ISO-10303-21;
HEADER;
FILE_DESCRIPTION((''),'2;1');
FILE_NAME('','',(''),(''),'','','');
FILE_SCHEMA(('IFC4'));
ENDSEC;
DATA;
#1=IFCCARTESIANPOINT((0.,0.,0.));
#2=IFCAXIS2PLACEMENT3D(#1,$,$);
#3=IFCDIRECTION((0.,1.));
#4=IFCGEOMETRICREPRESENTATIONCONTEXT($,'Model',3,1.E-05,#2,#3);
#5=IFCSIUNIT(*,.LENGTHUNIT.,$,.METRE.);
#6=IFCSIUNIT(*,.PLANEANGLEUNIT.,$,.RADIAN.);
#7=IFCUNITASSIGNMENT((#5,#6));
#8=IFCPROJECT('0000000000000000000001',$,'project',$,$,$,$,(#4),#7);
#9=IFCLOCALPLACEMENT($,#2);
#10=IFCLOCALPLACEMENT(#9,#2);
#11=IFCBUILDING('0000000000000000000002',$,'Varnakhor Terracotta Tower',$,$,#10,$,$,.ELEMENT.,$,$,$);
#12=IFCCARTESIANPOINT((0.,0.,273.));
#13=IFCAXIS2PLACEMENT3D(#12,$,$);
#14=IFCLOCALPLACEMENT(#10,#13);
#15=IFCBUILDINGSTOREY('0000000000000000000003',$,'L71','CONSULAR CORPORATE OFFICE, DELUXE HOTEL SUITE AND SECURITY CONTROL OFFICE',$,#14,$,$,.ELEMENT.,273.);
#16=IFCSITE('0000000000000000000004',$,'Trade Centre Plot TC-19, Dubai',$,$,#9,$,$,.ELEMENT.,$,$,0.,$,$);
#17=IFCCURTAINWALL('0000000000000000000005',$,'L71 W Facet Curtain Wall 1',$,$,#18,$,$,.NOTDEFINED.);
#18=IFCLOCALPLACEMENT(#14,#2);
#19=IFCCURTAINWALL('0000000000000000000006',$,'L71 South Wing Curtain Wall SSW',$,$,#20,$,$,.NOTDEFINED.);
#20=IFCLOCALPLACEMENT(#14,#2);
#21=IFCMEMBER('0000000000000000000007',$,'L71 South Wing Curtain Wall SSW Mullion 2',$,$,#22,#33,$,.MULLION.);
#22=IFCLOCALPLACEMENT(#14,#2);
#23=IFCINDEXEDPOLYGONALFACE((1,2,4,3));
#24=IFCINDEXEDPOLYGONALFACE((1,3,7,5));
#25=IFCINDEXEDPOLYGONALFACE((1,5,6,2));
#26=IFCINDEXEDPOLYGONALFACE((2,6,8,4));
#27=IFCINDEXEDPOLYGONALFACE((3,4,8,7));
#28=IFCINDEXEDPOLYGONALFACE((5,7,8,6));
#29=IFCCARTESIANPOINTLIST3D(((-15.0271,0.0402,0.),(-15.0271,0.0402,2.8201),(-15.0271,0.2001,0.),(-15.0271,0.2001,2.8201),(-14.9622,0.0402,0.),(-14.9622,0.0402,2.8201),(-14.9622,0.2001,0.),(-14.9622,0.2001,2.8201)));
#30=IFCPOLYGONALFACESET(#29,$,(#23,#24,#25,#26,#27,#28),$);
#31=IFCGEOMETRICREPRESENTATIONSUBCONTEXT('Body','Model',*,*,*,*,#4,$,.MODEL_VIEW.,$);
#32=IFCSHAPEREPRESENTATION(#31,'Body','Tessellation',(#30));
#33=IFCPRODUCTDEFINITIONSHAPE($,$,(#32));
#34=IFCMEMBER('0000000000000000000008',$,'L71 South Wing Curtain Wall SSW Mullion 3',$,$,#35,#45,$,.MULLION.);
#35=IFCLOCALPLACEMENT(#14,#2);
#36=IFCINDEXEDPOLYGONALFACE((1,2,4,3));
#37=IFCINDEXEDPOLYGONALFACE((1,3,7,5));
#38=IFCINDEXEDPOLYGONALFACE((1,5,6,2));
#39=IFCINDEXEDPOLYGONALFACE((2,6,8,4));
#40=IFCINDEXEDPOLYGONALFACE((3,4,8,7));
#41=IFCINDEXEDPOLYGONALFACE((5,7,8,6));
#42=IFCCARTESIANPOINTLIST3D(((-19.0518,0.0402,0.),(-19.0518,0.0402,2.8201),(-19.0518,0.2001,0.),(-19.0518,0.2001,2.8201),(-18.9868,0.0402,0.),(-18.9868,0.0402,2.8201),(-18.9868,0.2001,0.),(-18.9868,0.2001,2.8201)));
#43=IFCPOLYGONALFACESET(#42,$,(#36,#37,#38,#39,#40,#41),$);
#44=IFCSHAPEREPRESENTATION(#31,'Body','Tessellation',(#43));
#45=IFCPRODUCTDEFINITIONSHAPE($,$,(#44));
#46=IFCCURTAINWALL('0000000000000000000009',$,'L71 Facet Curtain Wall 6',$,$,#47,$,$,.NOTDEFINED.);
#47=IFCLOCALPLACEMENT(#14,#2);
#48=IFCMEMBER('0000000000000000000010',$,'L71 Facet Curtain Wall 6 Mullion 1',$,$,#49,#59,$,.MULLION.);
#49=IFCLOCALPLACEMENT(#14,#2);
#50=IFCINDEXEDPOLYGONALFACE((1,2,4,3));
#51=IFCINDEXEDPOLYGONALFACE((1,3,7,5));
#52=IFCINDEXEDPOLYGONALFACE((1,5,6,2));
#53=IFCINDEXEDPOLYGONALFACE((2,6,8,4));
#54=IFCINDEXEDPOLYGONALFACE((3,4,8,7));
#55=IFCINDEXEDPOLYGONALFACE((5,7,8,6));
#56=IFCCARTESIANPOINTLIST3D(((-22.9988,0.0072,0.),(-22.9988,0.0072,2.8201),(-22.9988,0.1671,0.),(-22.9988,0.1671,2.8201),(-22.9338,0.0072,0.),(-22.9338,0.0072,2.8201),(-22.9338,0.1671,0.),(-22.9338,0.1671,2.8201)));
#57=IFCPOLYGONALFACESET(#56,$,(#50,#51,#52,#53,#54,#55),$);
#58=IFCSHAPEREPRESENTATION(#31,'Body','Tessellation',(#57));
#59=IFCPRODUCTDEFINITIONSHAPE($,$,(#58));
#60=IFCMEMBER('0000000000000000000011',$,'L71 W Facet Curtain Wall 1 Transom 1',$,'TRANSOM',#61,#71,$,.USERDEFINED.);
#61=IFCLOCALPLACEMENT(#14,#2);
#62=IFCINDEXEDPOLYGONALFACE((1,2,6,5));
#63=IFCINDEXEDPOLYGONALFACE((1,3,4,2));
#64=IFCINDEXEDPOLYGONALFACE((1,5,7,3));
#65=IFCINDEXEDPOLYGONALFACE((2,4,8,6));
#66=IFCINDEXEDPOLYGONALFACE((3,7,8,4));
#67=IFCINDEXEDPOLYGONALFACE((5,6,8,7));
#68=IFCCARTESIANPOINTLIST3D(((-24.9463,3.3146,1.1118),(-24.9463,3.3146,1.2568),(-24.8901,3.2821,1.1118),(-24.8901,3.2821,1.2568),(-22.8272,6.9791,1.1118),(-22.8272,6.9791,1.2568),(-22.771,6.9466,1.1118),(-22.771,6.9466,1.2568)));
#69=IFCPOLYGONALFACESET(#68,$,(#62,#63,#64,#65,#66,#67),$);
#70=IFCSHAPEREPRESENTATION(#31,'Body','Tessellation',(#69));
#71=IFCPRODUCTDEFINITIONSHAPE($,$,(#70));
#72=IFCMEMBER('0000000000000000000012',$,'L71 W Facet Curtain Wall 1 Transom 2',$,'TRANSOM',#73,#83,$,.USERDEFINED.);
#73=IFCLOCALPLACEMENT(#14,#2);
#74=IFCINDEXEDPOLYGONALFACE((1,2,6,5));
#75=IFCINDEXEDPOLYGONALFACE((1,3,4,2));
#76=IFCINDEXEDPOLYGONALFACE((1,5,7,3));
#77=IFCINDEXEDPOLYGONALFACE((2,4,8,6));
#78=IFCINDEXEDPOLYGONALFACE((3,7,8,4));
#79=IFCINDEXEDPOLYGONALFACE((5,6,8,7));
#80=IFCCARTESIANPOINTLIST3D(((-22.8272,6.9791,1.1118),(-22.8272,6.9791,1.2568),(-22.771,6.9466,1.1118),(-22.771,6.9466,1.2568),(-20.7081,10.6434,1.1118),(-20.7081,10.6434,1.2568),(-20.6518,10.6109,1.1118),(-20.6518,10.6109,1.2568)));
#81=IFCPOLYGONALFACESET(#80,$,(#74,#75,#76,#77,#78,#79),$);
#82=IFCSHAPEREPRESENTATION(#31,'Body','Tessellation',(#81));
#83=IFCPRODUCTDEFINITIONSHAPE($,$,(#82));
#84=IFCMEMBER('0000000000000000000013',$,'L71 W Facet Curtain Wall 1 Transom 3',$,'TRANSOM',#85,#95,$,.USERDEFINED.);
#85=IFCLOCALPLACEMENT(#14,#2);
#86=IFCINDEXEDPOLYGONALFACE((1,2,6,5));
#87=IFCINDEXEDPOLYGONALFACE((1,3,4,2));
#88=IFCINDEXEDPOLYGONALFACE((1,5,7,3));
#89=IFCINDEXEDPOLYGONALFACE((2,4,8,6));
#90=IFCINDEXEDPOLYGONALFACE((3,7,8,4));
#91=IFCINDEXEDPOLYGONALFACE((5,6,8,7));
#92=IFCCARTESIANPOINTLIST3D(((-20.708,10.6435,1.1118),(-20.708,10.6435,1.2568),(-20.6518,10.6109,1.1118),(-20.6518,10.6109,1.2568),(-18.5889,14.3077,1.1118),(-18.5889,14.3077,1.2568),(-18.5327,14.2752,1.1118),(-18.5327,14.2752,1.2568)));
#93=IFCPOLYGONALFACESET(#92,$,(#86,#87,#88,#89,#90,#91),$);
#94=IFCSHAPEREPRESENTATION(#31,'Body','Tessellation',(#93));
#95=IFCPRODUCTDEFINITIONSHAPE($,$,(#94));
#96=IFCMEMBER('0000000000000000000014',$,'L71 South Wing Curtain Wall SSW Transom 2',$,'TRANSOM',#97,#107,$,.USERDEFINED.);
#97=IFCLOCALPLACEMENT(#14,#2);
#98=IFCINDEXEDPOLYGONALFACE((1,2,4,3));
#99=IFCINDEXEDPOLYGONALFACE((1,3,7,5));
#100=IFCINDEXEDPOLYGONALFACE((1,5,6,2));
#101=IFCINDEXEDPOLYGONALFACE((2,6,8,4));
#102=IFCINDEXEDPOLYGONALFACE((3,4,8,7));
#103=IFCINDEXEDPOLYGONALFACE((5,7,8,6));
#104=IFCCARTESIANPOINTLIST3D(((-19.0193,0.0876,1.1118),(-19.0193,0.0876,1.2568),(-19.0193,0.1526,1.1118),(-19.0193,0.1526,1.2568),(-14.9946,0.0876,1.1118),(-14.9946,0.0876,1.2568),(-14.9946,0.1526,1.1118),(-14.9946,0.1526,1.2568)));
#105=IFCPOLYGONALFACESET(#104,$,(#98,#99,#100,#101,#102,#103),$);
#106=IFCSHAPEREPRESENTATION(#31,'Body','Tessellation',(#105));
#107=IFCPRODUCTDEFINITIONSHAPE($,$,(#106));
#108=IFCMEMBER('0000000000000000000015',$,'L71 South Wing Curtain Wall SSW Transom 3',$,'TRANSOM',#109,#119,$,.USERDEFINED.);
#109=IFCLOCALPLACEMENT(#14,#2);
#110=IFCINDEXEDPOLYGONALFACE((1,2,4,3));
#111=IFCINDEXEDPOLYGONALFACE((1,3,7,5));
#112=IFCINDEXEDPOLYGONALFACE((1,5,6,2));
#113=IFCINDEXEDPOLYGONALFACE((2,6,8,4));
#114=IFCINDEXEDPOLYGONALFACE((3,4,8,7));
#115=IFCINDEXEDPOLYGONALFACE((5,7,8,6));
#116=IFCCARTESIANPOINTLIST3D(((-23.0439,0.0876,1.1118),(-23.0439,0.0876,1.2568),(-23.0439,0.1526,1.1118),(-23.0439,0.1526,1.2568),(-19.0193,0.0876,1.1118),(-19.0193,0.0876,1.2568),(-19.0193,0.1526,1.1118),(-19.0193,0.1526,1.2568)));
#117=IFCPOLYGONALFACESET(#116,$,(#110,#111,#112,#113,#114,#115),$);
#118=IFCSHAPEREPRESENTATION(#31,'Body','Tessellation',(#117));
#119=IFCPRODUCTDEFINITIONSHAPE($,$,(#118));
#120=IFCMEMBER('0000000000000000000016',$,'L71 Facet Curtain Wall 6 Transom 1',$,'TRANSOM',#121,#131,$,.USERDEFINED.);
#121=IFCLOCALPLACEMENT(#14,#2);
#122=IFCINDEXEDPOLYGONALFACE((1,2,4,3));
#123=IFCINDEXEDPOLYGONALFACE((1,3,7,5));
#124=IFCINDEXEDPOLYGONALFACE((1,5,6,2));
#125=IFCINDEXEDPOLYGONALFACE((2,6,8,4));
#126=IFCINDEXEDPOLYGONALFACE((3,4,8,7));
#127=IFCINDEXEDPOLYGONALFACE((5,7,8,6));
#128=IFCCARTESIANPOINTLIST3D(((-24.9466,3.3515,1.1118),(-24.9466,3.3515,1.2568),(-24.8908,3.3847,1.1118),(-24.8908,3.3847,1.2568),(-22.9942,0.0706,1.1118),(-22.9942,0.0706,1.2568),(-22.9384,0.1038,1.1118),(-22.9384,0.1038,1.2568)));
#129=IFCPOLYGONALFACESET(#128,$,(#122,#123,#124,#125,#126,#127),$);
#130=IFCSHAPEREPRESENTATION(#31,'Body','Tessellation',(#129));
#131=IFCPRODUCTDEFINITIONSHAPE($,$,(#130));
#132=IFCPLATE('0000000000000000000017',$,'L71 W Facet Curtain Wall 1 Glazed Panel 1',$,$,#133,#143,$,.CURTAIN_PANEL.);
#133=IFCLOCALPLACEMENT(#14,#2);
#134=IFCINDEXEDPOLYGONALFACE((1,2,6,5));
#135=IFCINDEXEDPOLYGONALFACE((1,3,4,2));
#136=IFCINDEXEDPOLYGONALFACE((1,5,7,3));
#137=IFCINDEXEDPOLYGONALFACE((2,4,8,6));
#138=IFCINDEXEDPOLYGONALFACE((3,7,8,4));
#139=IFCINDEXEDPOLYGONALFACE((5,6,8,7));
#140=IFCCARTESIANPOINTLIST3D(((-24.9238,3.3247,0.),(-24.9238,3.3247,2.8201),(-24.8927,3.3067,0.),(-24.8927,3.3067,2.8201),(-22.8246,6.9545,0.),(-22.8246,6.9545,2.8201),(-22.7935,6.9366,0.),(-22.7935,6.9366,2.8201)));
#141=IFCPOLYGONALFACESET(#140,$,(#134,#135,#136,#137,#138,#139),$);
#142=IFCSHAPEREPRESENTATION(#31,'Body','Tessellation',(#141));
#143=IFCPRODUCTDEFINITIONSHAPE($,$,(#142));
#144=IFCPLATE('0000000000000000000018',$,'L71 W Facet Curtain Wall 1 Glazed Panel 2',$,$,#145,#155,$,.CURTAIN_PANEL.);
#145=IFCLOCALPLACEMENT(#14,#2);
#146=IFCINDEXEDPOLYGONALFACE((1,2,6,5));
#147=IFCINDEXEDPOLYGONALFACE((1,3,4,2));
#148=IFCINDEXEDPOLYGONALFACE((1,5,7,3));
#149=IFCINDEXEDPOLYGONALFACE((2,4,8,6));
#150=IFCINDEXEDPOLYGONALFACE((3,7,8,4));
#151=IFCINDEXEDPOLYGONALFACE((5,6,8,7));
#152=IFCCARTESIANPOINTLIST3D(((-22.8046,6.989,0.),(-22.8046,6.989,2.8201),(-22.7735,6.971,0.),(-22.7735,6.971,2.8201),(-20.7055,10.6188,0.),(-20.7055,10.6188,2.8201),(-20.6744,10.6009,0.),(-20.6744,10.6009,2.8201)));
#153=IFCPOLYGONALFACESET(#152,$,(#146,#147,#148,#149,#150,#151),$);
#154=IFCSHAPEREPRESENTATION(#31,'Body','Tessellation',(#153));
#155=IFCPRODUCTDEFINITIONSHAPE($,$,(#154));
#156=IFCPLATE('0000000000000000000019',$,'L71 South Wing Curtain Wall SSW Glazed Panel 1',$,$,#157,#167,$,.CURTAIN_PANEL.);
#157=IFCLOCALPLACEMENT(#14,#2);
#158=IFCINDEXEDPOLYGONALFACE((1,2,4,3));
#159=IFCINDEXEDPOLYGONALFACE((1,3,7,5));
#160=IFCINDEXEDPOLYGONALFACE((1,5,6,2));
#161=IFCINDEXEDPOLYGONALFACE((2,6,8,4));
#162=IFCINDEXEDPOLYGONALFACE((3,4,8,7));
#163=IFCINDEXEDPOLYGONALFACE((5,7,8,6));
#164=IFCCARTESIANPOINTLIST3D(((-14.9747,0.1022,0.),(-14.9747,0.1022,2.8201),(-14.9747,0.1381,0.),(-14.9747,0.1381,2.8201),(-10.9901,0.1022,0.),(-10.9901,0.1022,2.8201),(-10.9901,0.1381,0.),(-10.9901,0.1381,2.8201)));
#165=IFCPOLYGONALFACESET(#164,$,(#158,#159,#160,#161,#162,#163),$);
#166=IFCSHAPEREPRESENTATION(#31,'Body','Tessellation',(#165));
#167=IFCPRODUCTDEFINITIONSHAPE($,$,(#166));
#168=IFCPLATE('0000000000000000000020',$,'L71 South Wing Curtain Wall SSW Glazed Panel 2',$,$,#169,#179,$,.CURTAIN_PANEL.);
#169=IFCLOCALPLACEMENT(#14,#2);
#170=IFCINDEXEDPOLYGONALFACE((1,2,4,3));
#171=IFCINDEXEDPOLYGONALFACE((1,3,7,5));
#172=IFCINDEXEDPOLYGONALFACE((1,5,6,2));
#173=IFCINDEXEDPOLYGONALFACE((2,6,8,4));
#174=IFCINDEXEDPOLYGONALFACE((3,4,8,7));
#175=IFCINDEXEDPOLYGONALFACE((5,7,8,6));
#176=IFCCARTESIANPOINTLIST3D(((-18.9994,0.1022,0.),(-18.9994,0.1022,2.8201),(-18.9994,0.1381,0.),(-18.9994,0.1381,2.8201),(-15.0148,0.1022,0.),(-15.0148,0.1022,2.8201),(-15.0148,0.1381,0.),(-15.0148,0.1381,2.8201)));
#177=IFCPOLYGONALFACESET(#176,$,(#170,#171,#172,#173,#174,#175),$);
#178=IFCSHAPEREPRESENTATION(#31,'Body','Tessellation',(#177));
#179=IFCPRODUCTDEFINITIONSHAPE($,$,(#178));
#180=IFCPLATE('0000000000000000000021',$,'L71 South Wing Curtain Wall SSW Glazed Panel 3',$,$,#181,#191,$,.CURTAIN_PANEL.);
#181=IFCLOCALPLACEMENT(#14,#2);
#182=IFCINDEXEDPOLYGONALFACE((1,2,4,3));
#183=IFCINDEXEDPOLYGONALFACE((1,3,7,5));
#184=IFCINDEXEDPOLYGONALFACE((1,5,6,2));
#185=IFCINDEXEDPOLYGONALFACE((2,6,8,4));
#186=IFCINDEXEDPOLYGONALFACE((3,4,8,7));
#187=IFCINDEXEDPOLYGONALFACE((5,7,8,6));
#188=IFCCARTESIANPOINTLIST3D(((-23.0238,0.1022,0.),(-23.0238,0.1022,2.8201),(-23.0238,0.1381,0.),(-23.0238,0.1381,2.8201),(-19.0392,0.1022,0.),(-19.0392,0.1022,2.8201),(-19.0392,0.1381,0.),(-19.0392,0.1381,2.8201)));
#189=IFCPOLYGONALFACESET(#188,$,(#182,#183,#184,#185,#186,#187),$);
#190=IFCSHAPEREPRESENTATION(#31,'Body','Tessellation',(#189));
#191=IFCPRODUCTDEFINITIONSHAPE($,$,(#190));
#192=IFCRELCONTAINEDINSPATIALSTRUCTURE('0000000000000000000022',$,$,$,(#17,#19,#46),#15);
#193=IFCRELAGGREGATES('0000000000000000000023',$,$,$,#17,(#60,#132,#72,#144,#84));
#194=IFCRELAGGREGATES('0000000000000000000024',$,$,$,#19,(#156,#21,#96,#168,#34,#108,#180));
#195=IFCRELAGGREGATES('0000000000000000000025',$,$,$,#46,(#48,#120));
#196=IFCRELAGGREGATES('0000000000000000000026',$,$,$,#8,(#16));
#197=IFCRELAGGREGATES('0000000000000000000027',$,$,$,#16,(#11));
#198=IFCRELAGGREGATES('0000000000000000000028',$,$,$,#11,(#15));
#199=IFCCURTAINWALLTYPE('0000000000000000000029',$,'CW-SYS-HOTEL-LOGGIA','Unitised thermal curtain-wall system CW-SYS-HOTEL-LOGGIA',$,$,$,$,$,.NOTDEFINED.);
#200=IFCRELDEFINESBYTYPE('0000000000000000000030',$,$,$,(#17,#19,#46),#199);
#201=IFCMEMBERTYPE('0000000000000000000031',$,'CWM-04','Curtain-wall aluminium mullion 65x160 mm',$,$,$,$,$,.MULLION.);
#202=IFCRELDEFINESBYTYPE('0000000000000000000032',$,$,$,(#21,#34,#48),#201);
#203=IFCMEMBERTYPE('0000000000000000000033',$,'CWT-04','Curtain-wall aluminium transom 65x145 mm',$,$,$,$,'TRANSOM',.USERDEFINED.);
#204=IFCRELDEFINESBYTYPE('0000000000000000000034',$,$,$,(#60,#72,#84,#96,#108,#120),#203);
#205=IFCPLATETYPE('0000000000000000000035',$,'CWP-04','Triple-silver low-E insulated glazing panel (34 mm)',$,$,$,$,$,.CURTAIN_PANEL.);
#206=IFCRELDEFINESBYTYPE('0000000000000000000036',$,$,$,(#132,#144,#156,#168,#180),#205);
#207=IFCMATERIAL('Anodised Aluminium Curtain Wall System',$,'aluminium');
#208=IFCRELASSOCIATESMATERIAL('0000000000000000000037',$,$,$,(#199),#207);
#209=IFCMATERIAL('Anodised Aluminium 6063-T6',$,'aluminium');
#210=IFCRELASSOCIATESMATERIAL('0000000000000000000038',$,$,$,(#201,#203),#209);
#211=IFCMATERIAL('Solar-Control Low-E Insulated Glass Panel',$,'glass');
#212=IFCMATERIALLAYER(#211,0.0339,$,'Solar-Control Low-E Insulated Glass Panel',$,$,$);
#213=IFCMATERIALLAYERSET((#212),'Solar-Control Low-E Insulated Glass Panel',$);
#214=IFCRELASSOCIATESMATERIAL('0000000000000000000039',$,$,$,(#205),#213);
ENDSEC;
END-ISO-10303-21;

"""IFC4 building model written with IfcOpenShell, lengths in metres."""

from ifc_helpers import new_model, si_unit, direction, frame, origin, origin_2d, place, context, subcontext, project, spatial, rectangle, extrude, source, transform, mapped, material, layer, layer_set, material_profile, profile_set, type_object, type_shapes, element, aggregate, save


model = new_model("IFC4")

# Units and contexts
model_context = context("Model", 3, precision=1e-05, world=origin(), true_north=direction((0.0, 1.0)))
body_context = subcontext(model_context, "Body", "Model", "MODEL_VIEW")
ifc_project = project(units=[si_unit("LENGTHUNIT", "METRE"), si_unit("PLANEANGLEUNIT", "RADIAN")], contexts=[model_context])

# Site, building, storey
site_placement = place(None, origin())
site = spatial("IfcSite", under=ifc_project, at=site_placement, Name="Trade Centre Plot TC-19, Dubai", CompositionType="ELEMENT", RefElevation=0.0)
building_placement = place(site_placement, origin())
building = spatial("IfcBuilding", under=site, at=building_placement, Name="Varnakhor Terracotta Tower", CompositionType="ELEMENT")
storey_placement = place(building_placement, frame((0.0, 0.0, 273.0)))
storey = spatial("IfcBuildingStorey", under=building, at=storey_placement, Name="L71", Description="CONSULAR CORPORATE OFFICE, DELUXE HOTEL SUITE AND SECURITY CONTROL OFFICE", CompositionType="ELEMENT", Elevation=273.0)

# Curtain walls, members
ifc_material_1 = material(Name="Anodised Aluminium Curtain Wall System", Category="aluminium")
curtain_wall_type = type_object("IfcCurtainWallType", Name="CW-SYS-HOTEL-LOGGIA", Description="Unitised thermal curtain-wall system CW-SYS-HOTEL-LOGGIA", PredefinedType="NOTDEFINED", material=ifc_material_1)
curtain_wall_1_placement = place(storey_placement, origin())
curtain_wall_1 = element("IfcCurtainWall", 1, at=curtain_wall_1_placement, inside=storey, type_object=curtain_wall_type, Name="L71 W Facet Curtain Wall 1", PredefinedType="NOTDEFINED")
ifc_material_2 = material(Name="Anodised Aluminium 6063-T6", Category="aluminium")
ifc_material_profile_1 = material_profile(ifc_material_2, rectangle(XDim=0.0649, YDim=0.1599, at=origin_2d()), Name="ALU MULLION 65x160")
ifc_profile_set_1 = profile_set([ifc_material_profile_1], Name="Anodised Aluminium 6063-T6")
member_type_1 = type_object("IfcMemberType", Name="CWM-04", Description="Curtain-wall aluminium mullion 65x160 mm", PredefinedType="MULLION", material=ifc_profile_set_1)
shared_shape_1 = source(origin(), body_context, "Body", "SweptSolid", [
    extrude(rectangle(XDim=0.0649, YDim=0.1599, at=origin_2d()), origin(), (0.0, 0.0, 1.0), 2.8201),
])
type_shapes(member_type_1, [shared_shape_1])
curtain_wall_2_placement = place(storey_placement, origin())
curtain_wall_2 = element("IfcCurtainWall", 2, at=curtain_wall_2_placement, inside=storey, type_object=curtain_wall_type, Name="L71 South Wing Curtain Wall SSW", PredefinedType="NOTDEFINED")
member_1_placement = place(storey_placement, frame((-14.9946, 0.1201, 0.0), z_axis=(0.0, 0.0, 1.0), x_axis=(1.0, 0.0, 0.0)))
member_1 = element("IfcMember", 3, at=member_1_placement, type_object=member_type_1, Name="L71 South Wing Curtain Wall SSW Mullion 2", PredefinedType="MULLION", context=body_context, shape_type="MappedRepresentation", body=[
    mapped(shared_shape_1, transform((0.0, 0.0, 0.0), scale=1.0)),
])
member_2_placement = place(storey_placement, frame((-19.0193, 0.1201, 0.0), z_axis=(0.0, 0.0, 1.0), x_axis=(1.0, 0.0, 0.0)))
member_2 = element("IfcMember", 4, at=member_2_placement, type_object=member_type_1, Name="L71 South Wing Curtain Wall SSW Mullion 3", PredefinedType="MULLION", context=body_context, shape_type="MappedRepresentation", body=[
    mapped(shared_shape_1, transform((0.0, 0.0, 0.0), scale=1.0)),
])

# Curtain wall, member
curtain_wall_3_placement = place(storey_placement, origin())
curtain_wall_3 = element("IfcCurtainWall", 5, at=curtain_wall_3_placement, inside=storey, type_object=curtain_wall_type, Name="L71 Facet Curtain Wall 6", PredefinedType="NOTDEFINED")
member_3_placement = place(storey_placement, frame((-22.9663, 0.0872, 0.0), z_axis=(0.0, 0.0, 1.0), x_axis=(1.0, 0.0, 0.0)))
member_3 = element("IfcMember", 6, at=member_3_placement, type_object=member_type_1, Name="L71 Facet Curtain Wall 6 Mullion 1", PredefinedType="MULLION", context=body_context, shape_type="MappedRepresentation", body=[
    mapped(shared_shape_1, transform((0.0, 0.0, 0.0), scale=1.0)),
])

# Members
ifc_material_profile_2 = material_profile(ifc_material_2, rectangle(XDim=0.0649, YDim=0.145, at=origin_2d()), Name="ALU TRANSOM 65x145")
ifc_profile_set_2 = profile_set([ifc_material_profile_2], Name="Anodised Aluminium 6063-T6")
member_type_2 = type_object("IfcMemberType", Name="CWT-04", Description="Curtain-wall aluminium transom 65x145 mm", ElementType="TRANSOM", PredefinedType="USERDEFINED", material=ifc_profile_set_2)
shared_shape_2 = source(origin(), body_context, "Body", "SweptSolid", [
    extrude(rectangle(XDim=0.0649, YDim=0.145, at=origin_2d()), origin(), (0.0, 0.0, 1.0), 4.2332),
])
member_4_placement = place(storey_placement, frame((-24.9182, 3.2983, 1.1843), z_axis=(0.500604, 0.865676, 0.0), x_axis=(-0.865676, 0.500604, 0.0)))
member_4 = element("IfcMember", 7, at=member_4_placement, type_object=member_type_2, Name="L71 W Facet Curtain Wall 1 Transom 1", ObjectType="TRANSOM", PredefinedType="USERDEFINED", context=body_context, shape_type="MappedRepresentation", body=[
    mapped(shared_shape_2, transform((0.0, 0.0, 0.0), scale=1.0)),
])
shared_shape_3 = source(origin(), body_context, "Body", "SweptSolid", [
    extrude(rectangle(XDim=0.0649, YDim=0.145, at=origin_2d()), origin(), (0.0, 0.0, 1.0), 4.2329),
])
member_5_placement = place(storey_placement, frame((-22.7991, 6.9629, 1.1843), z_axis=(0.500629, 0.865662, 0.0), x_axis=(-0.865662, 0.500629, 0.0)))
member_5 = element("IfcMember", 8, at=member_5_placement, type_object=member_type_2, Name="L71 W Facet Curtain Wall 1 Transom 2", ObjectType="TRANSOM", PredefinedType="USERDEFINED", context=body_context, shape_type="MappedRepresentation", body=[
    mapped(shared_shape_3, transform((0.0, 0.0, 0.0), scale=1.0)),
])
member_6_placement = place(storey_placement, frame((-20.6799, 10.6272, 1.1843), z_axis=(0.500629, 0.865662, 0.0), x_axis=(-0.865662, 0.500629, 0.0)))
member_6 = element("IfcMember", 9, at=member_6_placement, type_object=member_type_2, Name="L71 W Facet Curtain Wall 1 Transom 3", ObjectType="TRANSOM", PredefinedType="USERDEFINED", context=body_context, shape_type="MappedRepresentation", body=[
    mapped(shared_shape_3, transform((0.0, 0.0, 0.0), scale=1.0)),
])
shared_shape_4 = source(origin(), body_context, "Body", "SweptSolid", [
    extrude(rectangle(XDim=0.0649, YDim=0.145, at=origin_2d()), origin(), (0.0, 0.0, 1.0), 4.0247),
])
member_7_placement = place(storey_placement, frame((-14.9946, 0.1201, 1.1843), z_axis=(-1.0, 0.0, 0.0), x_axis=(0.0, -1.0, 0.0)))
member_7 = element("IfcMember", 10, at=member_7_placement, type_object=member_type_2, Name="L71 South Wing Curtain Wall SSW Transom 2", ObjectType="TRANSOM", PredefinedType="USERDEFINED", context=body_context, shape_type="MappedRepresentation", body=[
    mapped(shared_shape_4, transform((0.0, 0.0, 0.0), scale=1.0)),
])
member_8_placement = place(storey_placement, frame((-19.0193, 0.1201, 1.1843), z_axis=(-1.0, 0.0, 0.0), x_axis=(0.0, -1.0, 0.0)))
member_8 = element("IfcMember", 11, at=member_8_placement, type_object=member_type_2, Name="L71 South Wing Curtain Wall SSW Transom 3", ObjectType="TRANSOM", PredefinedType="USERDEFINED", context=body_context, shape_type="MappedRepresentation", body=[
    mapped(shared_shape_4, transform((0.0, 0.0, 0.0), scale=1.0)),
])
shared_shape_5 = source(origin(), body_context, "Body", "SweptSolid", [
    extrude(rectangle(XDim=0.0649, YDim=0.145, at=origin_2d()), origin(), (0.0, 0.0, 1.0), 3.8179),
])
member_9_placement = place(storey_placement, frame((-22.9663, 0.0872, 1.1843), z_axis=(-0.51137, 0.85936, 0.0), x_axis=(-0.85936, -0.51137, 0.0)))
member_9 = element("IfcMember", 12, at=member_9_placement, type_object=member_type_2, Name="L71 Facet Curtain Wall 6 Transom 1", ObjectType="TRANSOM", PredefinedType="USERDEFINED", context=body_context, shape_type="MappedRepresentation", body=[
    mapped(shared_shape_5, transform((0.0, 0.0, 0.0), scale=1.0)),
])

# Plates
ifc_material_3 = material(Name="Solar-Control Low-E Insulated Glass Panel", Category="glass")
ifc_layer_1 = layer(ifc_material_3, 0.0339, Name="Solar-Control Low-E Insulated Glass Panel")
ifc_layer_set_1 = layer_set([ifc_layer_1], Name="Solar-Control Low-E Insulated Glass Panel")
plate_type = type_object("IfcPlateType", Name="CWP-04", Description="Triple-silver low-E insulated glazing panel (34 mm)", PredefinedType="CURTAIN_PANEL", material=ifc_layer_set_1)
shared_shape_6 = source(origin(), body_context, "Body", "SweptSolid", [
    extrude(rectangle(XDim=4.1931, YDim=0.0359, at=origin_2d()), origin(), (0.0, 0.0, 1.0), 2.8201),
])
plate_1_placement = place(storey_placement, frame((-23.8586, 5.1306, 0.0), z_axis=(0.0, 0.0, 1.0), x_axis=(0.50062, 0.865667, 0.0)))
plate_1 = element("IfcPlate", 13, at=plate_1_placement, type_object=plate_type, Name="L71 W Facet Curtain Wall 1 Glazed Panel 1", PredefinedType="CURTAIN_PANEL", context=body_context, shape_type="MappedRepresentation", body=[
    mapped(shared_shape_6, transform((0.0, 0.0, 0.0), scale=1.0)),
])
plate_2_placement = place(storey_placement, frame((-21.7395, 8.7949, 0.0), z_axis=(0.0, 0.0, 1.0), x_axis=(0.50062, 0.865667, 0.0)))
plate_2 = element("IfcPlate", 14, at=plate_2_placement, type_object=plate_type, Name="L71 W Facet Curtain Wall 1 Glazed Panel 2", PredefinedType="CURTAIN_PANEL", context=body_context, shape_type="MappedRepresentation", body=[
    mapped(shared_shape_6, transform((0.0, 0.0, 0.0), scale=1.0)),
])
aggregate(curtain_wall_1, [member_4, plate_1, member_5, plate_2, member_6])
shared_shape_7 = source(origin(), body_context, "Body", "SweptSolid", [
    extrude(rectangle(XDim=3.9846, YDim=0.0359, at=origin_2d()), origin(), (0.0, 0.0, 1.0), 2.8201),
])
plate_3_placement = place(storey_placement, frame((-12.9824, 0.1201, 0.0), z_axis=(0.0, 0.0, 1.0), x_axis=(-1.0, 0.0, 0.0)))
plate_3 = element("IfcPlate", 15, at=plate_3_placement, type_object=plate_type, Name="L71 South Wing Curtain Wall SSW Glazed Panel 1", PredefinedType="CURTAIN_PANEL", context=body_context, shape_type="MappedRepresentation", body=[
    mapped(shared_shape_7, transform((0.0, 0.0, 0.0), scale=1.0)),
])
plate_4_placement = place(storey_placement, frame((-17.0071, 0.1201, 0.0), z_axis=(0.0, 0.0, 1.0), x_axis=(-1.0, 0.0, 0.0)))
plate_4 = element("IfcPlate", 16, at=plate_4_placement, type_object=plate_type, Name="L71 South Wing Curtain Wall SSW Glazed Panel 2", PredefinedType="CURTAIN_PANEL", context=body_context, shape_type="MappedRepresentation", body=[
    mapped(shared_shape_7, transform((0.0, 0.0, 0.0), scale=1.0)),
])
plate_5_placement = place(storey_placement, frame((-21.0315, 0.1201, 0.0), z_axis=(0.0, 0.0, 1.0), x_axis=(-1.0, 0.0, 0.0)))
plate_5 = element("IfcPlate", 17, at=plate_5_placement, type_object=plate_type, Name="L71 South Wing Curtain Wall SSW Glazed Panel 3", PredefinedType="CURTAIN_PANEL", context=body_context, shape_type="MappedRepresentation", body=[
    mapped(shared_shape_7, transform((0.0, 0.0, 0.0), scale=1.0)),
])
aggregate(curtain_wall_2, [plate_3, member_1, member_7, plate_4, member_2, member_8, plate_5])
aggregate(curtain_wall_3, [member_3, member_9])

save(model, "model.ifc")
